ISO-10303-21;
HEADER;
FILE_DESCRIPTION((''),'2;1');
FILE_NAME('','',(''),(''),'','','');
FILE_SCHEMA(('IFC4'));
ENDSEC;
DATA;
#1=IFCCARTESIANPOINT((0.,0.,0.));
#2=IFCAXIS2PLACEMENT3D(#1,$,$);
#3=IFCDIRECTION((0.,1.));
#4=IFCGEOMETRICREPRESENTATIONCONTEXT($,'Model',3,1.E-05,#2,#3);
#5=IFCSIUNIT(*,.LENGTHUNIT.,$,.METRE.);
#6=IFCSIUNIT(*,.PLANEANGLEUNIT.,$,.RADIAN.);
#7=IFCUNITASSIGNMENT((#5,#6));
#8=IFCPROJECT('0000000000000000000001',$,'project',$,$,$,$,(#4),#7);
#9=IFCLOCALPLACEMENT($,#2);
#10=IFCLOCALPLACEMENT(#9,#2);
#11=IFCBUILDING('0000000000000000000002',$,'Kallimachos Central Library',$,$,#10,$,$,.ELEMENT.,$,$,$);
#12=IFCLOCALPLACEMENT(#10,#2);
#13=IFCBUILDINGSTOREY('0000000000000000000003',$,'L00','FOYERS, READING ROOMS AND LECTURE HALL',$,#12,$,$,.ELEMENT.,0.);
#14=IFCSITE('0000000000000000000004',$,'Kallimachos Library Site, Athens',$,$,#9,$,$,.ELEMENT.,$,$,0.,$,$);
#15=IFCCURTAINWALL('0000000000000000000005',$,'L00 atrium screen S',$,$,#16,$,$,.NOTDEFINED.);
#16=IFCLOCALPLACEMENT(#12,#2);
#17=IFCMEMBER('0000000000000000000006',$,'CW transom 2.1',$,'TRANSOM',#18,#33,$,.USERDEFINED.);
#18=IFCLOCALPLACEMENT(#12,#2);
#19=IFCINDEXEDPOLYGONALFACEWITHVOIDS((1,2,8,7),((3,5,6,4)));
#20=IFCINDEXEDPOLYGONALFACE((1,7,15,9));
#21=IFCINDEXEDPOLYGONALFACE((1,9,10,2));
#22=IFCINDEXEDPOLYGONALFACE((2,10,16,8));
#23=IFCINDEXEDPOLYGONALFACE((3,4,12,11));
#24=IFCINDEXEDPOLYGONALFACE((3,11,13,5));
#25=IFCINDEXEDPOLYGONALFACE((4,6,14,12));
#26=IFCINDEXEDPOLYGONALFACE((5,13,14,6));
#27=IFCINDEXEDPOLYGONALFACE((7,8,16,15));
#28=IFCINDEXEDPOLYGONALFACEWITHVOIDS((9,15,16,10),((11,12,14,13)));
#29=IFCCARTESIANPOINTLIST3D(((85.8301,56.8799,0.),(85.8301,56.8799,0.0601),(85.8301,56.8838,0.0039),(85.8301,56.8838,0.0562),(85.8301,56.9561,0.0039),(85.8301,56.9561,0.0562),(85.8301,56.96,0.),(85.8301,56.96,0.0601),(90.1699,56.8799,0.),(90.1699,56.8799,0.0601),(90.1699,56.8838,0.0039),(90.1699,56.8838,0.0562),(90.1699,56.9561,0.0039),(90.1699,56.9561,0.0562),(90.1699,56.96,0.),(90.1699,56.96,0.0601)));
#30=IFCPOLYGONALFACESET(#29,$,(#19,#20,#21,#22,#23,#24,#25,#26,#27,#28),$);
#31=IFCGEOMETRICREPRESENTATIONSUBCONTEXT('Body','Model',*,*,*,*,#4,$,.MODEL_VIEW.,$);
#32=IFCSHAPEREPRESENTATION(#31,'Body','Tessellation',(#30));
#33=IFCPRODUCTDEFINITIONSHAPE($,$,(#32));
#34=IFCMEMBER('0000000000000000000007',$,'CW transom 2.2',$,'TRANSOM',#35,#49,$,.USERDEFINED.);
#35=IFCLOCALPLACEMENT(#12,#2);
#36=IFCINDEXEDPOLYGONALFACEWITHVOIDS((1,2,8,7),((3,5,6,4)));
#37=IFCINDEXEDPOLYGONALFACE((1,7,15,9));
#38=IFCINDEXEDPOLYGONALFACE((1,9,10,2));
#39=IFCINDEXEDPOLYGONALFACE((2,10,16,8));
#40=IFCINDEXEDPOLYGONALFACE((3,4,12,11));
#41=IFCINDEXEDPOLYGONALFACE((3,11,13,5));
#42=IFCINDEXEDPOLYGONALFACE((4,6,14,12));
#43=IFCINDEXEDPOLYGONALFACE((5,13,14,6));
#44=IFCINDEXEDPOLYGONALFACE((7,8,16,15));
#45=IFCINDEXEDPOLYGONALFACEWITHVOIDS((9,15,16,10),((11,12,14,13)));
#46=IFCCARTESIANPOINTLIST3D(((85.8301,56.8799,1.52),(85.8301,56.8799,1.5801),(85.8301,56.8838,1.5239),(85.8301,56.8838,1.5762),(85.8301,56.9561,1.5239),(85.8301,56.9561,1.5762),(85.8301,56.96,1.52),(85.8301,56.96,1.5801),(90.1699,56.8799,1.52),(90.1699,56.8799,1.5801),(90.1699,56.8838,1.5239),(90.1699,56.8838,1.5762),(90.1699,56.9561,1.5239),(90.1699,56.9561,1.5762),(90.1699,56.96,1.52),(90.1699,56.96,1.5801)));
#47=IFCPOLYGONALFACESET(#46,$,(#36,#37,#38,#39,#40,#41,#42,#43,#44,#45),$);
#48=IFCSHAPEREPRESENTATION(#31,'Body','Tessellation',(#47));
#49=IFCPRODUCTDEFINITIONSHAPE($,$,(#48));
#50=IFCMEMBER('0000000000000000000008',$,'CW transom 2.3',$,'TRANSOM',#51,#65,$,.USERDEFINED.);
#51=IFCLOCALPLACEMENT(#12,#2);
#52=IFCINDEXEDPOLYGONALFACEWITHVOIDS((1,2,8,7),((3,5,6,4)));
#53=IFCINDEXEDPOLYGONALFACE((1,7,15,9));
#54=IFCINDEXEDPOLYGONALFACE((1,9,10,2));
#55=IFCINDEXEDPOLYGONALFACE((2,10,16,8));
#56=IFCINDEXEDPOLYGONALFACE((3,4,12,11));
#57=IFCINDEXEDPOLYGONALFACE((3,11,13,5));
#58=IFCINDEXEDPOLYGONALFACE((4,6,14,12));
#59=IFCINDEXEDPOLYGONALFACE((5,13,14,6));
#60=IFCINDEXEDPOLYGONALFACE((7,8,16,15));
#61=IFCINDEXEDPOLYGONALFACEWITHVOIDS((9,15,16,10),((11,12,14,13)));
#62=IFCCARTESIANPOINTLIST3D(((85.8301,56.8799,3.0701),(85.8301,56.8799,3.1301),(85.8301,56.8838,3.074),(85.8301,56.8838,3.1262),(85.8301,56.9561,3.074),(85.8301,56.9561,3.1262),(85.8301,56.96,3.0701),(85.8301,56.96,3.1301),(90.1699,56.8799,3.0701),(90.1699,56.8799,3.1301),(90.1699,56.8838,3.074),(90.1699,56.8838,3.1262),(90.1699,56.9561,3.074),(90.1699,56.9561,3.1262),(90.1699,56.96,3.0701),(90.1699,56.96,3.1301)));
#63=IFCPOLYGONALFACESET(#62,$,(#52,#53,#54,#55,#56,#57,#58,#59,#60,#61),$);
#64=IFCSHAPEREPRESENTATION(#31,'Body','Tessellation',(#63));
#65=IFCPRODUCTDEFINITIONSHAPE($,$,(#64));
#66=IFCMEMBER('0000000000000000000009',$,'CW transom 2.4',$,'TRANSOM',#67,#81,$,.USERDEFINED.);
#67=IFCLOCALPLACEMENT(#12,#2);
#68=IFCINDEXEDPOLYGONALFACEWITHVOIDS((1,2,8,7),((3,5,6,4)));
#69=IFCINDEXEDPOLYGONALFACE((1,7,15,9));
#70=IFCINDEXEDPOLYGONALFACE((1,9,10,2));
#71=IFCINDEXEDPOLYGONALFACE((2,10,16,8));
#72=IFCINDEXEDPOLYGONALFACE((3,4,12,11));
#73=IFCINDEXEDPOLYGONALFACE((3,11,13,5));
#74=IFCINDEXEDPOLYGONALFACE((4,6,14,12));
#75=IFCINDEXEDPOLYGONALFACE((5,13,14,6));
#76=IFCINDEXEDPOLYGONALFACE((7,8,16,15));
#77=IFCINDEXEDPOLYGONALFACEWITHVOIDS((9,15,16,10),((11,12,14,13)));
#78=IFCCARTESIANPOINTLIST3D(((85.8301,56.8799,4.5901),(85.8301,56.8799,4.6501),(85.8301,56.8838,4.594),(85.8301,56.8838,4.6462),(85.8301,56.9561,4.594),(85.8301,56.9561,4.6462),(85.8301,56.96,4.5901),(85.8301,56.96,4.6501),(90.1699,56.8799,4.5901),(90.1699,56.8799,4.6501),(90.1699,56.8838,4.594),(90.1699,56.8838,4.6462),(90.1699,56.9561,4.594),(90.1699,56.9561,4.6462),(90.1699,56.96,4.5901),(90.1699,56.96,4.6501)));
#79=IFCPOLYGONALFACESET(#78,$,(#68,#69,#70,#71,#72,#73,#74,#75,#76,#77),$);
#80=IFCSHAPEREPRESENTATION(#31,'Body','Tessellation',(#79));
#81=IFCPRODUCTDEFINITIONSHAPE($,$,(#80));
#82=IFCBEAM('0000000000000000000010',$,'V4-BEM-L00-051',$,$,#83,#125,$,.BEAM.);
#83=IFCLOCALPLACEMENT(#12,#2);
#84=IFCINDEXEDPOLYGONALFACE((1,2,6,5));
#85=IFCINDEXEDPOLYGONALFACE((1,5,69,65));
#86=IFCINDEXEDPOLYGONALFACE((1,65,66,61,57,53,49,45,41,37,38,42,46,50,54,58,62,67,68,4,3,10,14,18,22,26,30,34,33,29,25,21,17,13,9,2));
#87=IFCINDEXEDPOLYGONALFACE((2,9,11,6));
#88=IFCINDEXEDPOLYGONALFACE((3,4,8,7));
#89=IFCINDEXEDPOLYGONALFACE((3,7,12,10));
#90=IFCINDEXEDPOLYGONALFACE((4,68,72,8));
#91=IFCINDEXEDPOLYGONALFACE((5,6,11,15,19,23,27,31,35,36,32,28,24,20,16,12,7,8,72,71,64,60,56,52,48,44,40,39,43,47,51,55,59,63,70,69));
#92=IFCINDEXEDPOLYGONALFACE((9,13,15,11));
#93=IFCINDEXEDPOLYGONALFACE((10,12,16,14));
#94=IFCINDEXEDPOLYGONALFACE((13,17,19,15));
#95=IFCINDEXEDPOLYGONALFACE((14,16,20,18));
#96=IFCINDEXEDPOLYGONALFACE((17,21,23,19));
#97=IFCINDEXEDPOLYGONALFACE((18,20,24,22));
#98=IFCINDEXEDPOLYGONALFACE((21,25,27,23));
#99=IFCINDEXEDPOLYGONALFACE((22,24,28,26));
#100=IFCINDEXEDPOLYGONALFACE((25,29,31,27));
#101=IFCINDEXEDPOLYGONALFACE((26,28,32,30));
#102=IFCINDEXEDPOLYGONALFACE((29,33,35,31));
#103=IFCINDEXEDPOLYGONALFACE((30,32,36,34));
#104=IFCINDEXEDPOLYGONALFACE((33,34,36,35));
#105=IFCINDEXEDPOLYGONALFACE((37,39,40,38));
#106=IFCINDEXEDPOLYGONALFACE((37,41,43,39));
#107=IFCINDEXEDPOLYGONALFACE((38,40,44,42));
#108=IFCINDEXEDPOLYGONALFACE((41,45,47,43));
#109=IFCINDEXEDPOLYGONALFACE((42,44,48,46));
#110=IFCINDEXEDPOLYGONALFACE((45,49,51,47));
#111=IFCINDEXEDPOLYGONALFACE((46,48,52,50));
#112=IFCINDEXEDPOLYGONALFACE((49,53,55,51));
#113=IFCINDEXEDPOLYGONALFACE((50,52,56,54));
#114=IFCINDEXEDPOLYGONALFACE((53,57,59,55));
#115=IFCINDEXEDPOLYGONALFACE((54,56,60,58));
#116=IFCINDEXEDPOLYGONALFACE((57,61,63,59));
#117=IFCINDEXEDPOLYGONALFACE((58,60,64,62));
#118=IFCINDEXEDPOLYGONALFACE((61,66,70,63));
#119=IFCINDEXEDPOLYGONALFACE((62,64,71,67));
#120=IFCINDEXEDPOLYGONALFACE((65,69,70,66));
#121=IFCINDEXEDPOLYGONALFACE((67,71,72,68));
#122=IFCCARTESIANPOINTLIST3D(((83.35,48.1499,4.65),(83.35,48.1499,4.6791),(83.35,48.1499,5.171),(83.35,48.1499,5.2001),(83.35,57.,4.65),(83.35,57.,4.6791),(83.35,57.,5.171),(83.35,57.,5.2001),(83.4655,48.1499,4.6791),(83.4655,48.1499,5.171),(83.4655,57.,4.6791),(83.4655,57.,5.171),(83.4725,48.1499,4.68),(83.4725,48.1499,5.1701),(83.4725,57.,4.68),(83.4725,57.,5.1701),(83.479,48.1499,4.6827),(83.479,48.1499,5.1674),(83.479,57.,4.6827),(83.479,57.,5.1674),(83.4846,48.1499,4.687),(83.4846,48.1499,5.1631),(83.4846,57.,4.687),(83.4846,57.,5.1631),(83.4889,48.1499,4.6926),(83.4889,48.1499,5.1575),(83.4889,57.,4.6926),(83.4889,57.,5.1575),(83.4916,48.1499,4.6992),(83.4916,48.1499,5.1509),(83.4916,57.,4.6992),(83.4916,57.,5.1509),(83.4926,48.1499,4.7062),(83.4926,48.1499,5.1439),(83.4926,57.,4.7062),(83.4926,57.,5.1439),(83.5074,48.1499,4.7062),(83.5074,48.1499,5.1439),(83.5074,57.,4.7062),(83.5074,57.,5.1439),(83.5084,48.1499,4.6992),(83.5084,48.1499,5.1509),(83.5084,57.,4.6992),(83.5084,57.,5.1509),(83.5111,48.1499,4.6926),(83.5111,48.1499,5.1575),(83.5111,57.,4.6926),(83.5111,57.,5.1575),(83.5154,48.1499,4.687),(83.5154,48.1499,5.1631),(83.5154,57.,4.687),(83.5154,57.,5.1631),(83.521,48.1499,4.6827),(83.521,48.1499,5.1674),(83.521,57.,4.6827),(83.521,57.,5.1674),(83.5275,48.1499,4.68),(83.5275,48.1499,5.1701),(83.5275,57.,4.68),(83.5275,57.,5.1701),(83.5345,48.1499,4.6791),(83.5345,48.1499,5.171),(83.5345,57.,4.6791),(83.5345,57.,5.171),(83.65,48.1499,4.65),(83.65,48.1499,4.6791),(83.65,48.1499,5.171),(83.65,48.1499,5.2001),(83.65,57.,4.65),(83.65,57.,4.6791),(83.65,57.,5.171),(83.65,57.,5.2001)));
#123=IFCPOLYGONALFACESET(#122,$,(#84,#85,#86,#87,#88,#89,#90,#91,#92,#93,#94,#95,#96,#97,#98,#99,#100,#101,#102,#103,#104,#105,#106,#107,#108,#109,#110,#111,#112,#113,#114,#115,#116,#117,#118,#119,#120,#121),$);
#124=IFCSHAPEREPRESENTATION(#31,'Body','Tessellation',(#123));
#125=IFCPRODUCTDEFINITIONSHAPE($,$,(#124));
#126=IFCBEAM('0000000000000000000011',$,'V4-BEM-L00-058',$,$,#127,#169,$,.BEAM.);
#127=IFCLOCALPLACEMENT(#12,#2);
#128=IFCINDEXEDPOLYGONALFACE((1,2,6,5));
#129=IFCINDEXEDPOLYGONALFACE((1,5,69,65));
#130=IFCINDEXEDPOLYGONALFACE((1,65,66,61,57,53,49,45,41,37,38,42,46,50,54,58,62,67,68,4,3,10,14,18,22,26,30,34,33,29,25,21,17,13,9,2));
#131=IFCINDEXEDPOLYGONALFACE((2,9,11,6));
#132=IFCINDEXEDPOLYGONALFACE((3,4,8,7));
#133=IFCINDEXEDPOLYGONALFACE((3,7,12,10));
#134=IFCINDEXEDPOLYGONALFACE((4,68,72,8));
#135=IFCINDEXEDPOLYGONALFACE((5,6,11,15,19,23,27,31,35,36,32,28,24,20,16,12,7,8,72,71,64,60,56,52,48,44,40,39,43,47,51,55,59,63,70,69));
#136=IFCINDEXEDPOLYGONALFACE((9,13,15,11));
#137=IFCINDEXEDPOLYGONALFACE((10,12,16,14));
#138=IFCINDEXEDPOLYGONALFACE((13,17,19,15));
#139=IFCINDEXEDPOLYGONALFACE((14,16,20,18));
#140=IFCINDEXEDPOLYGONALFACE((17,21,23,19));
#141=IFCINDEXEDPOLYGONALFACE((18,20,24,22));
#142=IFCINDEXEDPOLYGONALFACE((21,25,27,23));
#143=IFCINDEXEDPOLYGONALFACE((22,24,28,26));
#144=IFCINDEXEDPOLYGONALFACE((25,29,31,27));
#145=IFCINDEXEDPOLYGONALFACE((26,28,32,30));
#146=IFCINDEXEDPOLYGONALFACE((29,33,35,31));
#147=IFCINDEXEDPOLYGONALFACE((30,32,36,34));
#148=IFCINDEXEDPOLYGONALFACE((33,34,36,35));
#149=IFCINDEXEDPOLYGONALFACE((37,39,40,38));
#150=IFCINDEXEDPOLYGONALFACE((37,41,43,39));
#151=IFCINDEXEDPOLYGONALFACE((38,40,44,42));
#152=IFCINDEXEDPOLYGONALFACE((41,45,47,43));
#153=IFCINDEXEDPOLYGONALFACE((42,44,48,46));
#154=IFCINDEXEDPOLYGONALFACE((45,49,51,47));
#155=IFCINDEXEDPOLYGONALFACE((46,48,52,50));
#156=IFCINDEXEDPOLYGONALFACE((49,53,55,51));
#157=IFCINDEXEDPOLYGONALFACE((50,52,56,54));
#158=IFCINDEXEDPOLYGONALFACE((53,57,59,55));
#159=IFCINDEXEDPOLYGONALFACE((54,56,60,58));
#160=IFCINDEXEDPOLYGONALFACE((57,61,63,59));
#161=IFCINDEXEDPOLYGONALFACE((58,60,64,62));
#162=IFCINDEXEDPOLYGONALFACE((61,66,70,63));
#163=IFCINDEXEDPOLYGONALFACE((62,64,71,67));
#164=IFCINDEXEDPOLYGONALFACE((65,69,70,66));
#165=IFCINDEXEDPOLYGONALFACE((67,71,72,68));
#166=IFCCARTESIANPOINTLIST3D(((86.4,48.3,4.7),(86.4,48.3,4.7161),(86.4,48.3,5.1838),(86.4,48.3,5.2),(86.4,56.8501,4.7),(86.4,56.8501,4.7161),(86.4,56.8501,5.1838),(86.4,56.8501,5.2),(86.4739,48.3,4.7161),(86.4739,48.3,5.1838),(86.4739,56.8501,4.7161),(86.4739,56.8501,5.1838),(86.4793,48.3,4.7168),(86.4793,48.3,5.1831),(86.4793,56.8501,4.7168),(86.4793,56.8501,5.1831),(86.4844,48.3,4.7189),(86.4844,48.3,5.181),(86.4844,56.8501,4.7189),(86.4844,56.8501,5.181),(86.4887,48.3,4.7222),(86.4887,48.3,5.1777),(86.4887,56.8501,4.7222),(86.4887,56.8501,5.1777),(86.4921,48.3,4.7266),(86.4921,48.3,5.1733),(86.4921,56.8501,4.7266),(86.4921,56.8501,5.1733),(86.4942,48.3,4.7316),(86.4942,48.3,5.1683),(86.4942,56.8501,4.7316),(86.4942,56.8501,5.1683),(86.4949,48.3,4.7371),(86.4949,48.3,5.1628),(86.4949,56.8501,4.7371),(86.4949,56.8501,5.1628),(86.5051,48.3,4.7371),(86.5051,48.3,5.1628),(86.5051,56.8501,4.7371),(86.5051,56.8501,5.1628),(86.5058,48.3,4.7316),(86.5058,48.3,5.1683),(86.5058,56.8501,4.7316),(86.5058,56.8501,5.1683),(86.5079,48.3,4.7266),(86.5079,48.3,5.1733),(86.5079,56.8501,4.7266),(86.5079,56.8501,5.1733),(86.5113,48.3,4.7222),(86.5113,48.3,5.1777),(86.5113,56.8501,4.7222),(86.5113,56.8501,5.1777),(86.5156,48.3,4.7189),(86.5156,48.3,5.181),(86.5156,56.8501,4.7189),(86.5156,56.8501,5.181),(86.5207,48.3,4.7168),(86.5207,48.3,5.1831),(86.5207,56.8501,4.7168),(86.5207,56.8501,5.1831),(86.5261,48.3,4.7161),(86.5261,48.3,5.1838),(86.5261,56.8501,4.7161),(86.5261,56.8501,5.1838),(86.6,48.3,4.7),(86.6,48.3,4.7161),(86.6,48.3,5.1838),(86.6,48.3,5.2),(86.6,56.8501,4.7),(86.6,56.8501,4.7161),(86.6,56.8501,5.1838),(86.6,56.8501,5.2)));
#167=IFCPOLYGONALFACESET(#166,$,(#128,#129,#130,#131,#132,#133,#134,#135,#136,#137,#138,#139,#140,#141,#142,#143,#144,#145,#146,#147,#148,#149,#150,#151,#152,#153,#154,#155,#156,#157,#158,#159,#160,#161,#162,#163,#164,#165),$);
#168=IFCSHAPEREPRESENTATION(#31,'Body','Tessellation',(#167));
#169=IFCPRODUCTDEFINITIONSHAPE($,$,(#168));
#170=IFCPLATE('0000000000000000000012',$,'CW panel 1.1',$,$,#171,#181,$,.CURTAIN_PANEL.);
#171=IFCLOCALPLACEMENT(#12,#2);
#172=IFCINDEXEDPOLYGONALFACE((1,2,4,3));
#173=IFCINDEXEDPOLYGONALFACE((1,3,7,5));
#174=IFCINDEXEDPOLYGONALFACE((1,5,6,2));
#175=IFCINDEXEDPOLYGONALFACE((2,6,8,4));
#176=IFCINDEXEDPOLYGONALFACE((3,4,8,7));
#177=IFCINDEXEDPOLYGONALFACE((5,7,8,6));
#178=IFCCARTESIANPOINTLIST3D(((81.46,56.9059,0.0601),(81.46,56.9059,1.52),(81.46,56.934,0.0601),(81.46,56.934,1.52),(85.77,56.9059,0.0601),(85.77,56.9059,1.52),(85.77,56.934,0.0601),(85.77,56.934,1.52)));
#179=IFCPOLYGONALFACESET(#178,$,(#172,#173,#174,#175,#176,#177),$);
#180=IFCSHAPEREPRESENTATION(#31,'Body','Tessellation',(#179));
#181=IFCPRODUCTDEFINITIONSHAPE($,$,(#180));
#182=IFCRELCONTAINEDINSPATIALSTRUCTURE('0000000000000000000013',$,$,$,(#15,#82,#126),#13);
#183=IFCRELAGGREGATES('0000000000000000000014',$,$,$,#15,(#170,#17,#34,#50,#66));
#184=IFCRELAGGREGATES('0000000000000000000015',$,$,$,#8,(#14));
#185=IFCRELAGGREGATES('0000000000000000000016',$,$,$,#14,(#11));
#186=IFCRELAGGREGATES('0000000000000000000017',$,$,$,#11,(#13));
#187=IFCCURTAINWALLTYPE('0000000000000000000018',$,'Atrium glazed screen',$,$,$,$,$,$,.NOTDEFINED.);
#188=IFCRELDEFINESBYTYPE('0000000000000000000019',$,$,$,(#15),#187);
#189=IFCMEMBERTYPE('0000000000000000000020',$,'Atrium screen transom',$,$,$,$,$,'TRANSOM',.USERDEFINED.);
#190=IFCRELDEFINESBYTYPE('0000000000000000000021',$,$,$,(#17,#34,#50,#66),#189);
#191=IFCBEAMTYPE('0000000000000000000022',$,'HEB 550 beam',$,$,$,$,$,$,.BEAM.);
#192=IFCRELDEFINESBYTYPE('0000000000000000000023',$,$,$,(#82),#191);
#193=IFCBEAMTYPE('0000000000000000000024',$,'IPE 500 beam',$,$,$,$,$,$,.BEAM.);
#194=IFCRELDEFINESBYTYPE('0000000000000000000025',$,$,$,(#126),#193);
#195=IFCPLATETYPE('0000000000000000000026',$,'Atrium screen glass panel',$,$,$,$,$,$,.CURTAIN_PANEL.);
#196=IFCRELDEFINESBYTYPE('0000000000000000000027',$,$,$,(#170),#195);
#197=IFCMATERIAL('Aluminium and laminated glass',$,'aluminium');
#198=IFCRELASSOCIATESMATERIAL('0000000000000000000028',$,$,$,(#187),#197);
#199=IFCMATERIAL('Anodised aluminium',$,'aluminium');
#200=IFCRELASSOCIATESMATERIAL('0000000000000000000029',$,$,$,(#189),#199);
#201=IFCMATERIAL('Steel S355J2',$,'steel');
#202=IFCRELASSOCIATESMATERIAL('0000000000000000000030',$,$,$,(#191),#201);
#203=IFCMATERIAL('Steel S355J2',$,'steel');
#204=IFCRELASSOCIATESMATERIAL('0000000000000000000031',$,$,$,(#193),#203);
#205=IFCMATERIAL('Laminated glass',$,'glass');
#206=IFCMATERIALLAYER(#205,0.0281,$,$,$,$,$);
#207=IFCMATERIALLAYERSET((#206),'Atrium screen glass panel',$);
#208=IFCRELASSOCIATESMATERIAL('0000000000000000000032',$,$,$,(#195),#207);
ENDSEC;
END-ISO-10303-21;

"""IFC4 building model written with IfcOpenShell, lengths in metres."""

from ifc_helpers import new_model, si_unit, direction, frame, origin, origin_2d, place, context, subcontext, project, spatial, rectangle, hollow_rectangle, i_section, extrude, material, layer, layer_set, material_profile, profile_set, type_object, element, aggregate, save


model = new_model("IFC4")

# Units and contexts
model_context = context("Model", 3, precision=1e-05, world=origin(), true_north=direction((0.0, 1.0)))
body_context = subcontext(model_context, "Body", "Model", "MODEL_VIEW")
ifc_project = project(units=[si_unit("LENGTHUNIT", "METRE"), si_unit("PLANEANGLEUNIT", "RADIAN")], contexts=[model_context])

# Site, building, storey
site_placement = place(None, origin())
site = spatial("IfcSite", under=ifc_project, at=site_placement, Name="Kallimachos Library Site, Athens", CompositionType="ELEMENT", RefElevation=0.0)
building_placement = place(site_placement, origin())
building = spatial("IfcBuilding", under=site, at=building_placement, Name="Kallimachos Central Library", CompositionType="ELEMENT")
storey_placement = place(building_placement, origin())
storey = spatial("IfcBuildingStorey", under=building, at=storey_placement, Name="L00", Description="FOYERS, READING ROOMS AND LECTURE HALL", CompositionType="ELEMENT", Elevation=0.0)

# Curtain wall, members
ifc_material_1 = material(Name="Aluminium and laminated glass", Category="aluminium")
curtain_wall_type = type_object("IfcCurtainWallType", Name="Atrium glazed screen", PredefinedType="NOTDEFINED", material=ifc_material_1)
curtain_wall_placement = place(storey_placement, origin())
curtain_wall = element("IfcCurtainWall", 1, at=curtain_wall_placement, inside=storey, type_object=curtain_wall_type, Name="L00 atrium screen S", PredefinedType="NOTDEFINED")
ifc_material_2 = material(Name="Anodised aluminium", Category="aluminium")
ifc_material_profile_1 = material_profile(ifc_material_2, hollow_rectangle(XDim=0.0601, YDim=0.0801, WallThickness=0.0039, at=origin_2d()), Name="ALU TRANSOM 60x80")
ifc_profile_set_1 = profile_set([ifc_material_profile_1], Name="Anodised aluminium")
member_type_1 = type_object("IfcMemberType", Name="Atrium screen transom", ElementType="TRANSOM", PredefinedType="USERDEFINED", material=ifc_profile_set_1)
member_1_placement = place(storey_placement, frame((85.8301, 56.9199, 0.03), z_axis=(1.0, 0.0, 0.0), x_axis=(0.0, 0.0, 1.0)))
member_1 = element("IfcMember", 2, at=member_1_placement, type_object=member_type_1, Name="CW transom 2.1", ObjectType="TRANSOM", PredefinedType="USERDEFINED", context=body_context, shape_type="SweptSolid", body=[
    extrude(hollow_rectangle(XDim=0.0601, YDim=0.0801, WallThickness=0.0039, at=origin_2d()), origin(), (0.0, 0.0, 1.0), 4.3398),
])
member_2_placement = place(storey_placement, frame((85.8301, 56.9199, 1.55), z_axis=(1.0, 0.0, 0.0), x_axis=(0.0, 0.0, 1.0)))
member_2 = element("IfcMember", 3, at=member_2_placement, type_object=member_type_1, Name="CW transom 2.2", ObjectType="TRANSOM", PredefinedType="USERDEFINED", context=body_context, shape_type="SweptSolid", body=[
    extrude(hollow_rectangle(XDim=0.0601, YDim=0.0801, WallThickness=0.0039, at=origin_2d()), origin(), (0.0, 0.0, 1.0), 4.3398),
])
member_3_placement = place(storey_placement, frame((85.8301, 56.9199, 3.1001), z_axis=(1.0, 0.0, 0.0), x_axis=(0.0, 0.0, 1.0)))
member_3 = element("IfcMember", 4, at=member_3_placement, type_object=member_type_1, Name="CW transom 2.3", ObjectType="TRANSOM", PredefinedType="USERDEFINED", context=body_context, shape_type="SweptSolid", body=[
    extrude(hollow_rectangle(XDim=0.0601, YDim=0.0801, WallThickness=0.0039, at=origin_2d()), origin(), (0.0, 0.0, 1.0), 4.3398),
])
member_4_placement = place(storey_placement, frame((85.8301, 56.9199, 4.6201), z_axis=(1.0, 0.0, 0.0), x_axis=(0.0, 0.0, 1.0)))
member_4 = element("IfcMember", 5, at=member_4_placement, type_object=member_type_1, Name="CW transom 2.4", ObjectType="TRANSOM", PredefinedType="USERDEFINED", context=body_context, shape_type="SweptSolid", body=[
    extrude(hollow_rectangle(XDim=0.0601, YDim=0.0801, WallThickness=0.0039, at=origin_2d()), origin(), (0.0, 0.0, 1.0), 4.3398),
])

# Beams
ifc_material_3 = material(Name="Steel S355J2", Category="steel")
ifc_material_profile_2 = material_profile(ifc_material_3, i_section(OverallWidth=0.3, OverallDepth=0.55, WebThickness=0.0149, FlangeThickness=0.0291, FilletRadius=0.0271, at=origin_2d()), Name="HEB 550")
ifc_profile_set_2 = profile_set([ifc_material_profile_2], Name="Steel S355J2")
beam_type_1 = type_object("IfcBeamType", Name="HEB 550 beam", PredefinedType="BEAM", material=ifc_profile_set_2)
beam_1_placement = place(storey_placement, frame((83.5, 48.1499, 4.925), z_axis=(0.0, 1.0, 0.0), x_axis=(-1.0, 0.0, 0.0)))
element("IfcBeam", 6, at=beam_1_placement, inside=storey, type_object=beam_type_1, Name="V4-BEM-L00-051", PredefinedType="BEAM", context=body_context, shape_type="SweptSolid", body=[
    extrude(i_section(OverallWidth=0.3, OverallDepth=0.55, WebThickness=0.0149, FlangeThickness=0.0291, FilletRadius=0.0271, at=origin_2d()), origin(), (0.0, 0.0, 1.0), 8.8501),
])
ifc_material_4 = material(Name="Steel S355J2", Category="steel")
ifc_material_profile_3 = material_profile(ifc_material_4, i_section(OverallWidth=0.2, OverallDepth=0.5, WebThickness=0.0103, FlangeThickness=0.0161, FilletRadius=0.021, at=origin_2d()), Name="IPE 500")
ifc_profile_set_3 = profile_set([ifc_material_profile_3], Name="Steel S355J2")
beam_type_2 = type_object("IfcBeamType", Name="IPE 500 beam", PredefinedType="BEAM", material=ifc_profile_set_3)
beam_2_placement = place(storey_placement, frame((86.5, 48.3, 4.95), z_axis=(0.0, 1.0, 0.0), x_axis=(-1.0, 0.0, 0.0)))
element("IfcBeam", 7, at=beam_2_placement, inside=storey, type_object=beam_type_2, Name="V4-BEM-L00-058", PredefinedType="BEAM", context=body_context, shape_type="SweptSolid", body=[
    extrude(i_section(OverallWidth=0.2, OverallDepth=0.5, WebThickness=0.0103, FlangeThickness=0.0161, FilletRadius=0.021, at=origin_2d()), origin(), (0.0, 0.0, 1.0), 8.55),
])

# Plate
ifc_material_5 = material(Name="Laminated glass", Category="glass")
ifc_layer = layer(ifc_material_5, 0.0281)
ifc_layer_set = layer_set([ifc_layer], Name="Atrium screen glass panel")
plate_type = type_object("IfcPlateType", Name="Atrium screen glass panel", PredefinedType="CURTAIN_PANEL", material=ifc_layer_set)
plate_1_placement = place(storey_placement, frame((83.615, 56.9199, 0.0601), z_axis=(0.0, 0.0, 1.0), x_axis=(1.0, 0.0, 0.0)))
plate_1 = element("IfcPlate", 8, at=plate_1_placement, type_object=plate_type, Name="CW panel 1.1", PredefinedType="CURTAIN_PANEL", context=body_context, shape_type="SweptSolid", body=[
    extrude(rectangle(XDim=4.3101, YDim=0.0281, at=origin_2d()), origin(), (0.0, 0.0, 1.0), 1.46),
])
aggregate(curtain_wall, [plate_1, member_1, member_2, member_3, member_4])

save(model, "model.ifc")
